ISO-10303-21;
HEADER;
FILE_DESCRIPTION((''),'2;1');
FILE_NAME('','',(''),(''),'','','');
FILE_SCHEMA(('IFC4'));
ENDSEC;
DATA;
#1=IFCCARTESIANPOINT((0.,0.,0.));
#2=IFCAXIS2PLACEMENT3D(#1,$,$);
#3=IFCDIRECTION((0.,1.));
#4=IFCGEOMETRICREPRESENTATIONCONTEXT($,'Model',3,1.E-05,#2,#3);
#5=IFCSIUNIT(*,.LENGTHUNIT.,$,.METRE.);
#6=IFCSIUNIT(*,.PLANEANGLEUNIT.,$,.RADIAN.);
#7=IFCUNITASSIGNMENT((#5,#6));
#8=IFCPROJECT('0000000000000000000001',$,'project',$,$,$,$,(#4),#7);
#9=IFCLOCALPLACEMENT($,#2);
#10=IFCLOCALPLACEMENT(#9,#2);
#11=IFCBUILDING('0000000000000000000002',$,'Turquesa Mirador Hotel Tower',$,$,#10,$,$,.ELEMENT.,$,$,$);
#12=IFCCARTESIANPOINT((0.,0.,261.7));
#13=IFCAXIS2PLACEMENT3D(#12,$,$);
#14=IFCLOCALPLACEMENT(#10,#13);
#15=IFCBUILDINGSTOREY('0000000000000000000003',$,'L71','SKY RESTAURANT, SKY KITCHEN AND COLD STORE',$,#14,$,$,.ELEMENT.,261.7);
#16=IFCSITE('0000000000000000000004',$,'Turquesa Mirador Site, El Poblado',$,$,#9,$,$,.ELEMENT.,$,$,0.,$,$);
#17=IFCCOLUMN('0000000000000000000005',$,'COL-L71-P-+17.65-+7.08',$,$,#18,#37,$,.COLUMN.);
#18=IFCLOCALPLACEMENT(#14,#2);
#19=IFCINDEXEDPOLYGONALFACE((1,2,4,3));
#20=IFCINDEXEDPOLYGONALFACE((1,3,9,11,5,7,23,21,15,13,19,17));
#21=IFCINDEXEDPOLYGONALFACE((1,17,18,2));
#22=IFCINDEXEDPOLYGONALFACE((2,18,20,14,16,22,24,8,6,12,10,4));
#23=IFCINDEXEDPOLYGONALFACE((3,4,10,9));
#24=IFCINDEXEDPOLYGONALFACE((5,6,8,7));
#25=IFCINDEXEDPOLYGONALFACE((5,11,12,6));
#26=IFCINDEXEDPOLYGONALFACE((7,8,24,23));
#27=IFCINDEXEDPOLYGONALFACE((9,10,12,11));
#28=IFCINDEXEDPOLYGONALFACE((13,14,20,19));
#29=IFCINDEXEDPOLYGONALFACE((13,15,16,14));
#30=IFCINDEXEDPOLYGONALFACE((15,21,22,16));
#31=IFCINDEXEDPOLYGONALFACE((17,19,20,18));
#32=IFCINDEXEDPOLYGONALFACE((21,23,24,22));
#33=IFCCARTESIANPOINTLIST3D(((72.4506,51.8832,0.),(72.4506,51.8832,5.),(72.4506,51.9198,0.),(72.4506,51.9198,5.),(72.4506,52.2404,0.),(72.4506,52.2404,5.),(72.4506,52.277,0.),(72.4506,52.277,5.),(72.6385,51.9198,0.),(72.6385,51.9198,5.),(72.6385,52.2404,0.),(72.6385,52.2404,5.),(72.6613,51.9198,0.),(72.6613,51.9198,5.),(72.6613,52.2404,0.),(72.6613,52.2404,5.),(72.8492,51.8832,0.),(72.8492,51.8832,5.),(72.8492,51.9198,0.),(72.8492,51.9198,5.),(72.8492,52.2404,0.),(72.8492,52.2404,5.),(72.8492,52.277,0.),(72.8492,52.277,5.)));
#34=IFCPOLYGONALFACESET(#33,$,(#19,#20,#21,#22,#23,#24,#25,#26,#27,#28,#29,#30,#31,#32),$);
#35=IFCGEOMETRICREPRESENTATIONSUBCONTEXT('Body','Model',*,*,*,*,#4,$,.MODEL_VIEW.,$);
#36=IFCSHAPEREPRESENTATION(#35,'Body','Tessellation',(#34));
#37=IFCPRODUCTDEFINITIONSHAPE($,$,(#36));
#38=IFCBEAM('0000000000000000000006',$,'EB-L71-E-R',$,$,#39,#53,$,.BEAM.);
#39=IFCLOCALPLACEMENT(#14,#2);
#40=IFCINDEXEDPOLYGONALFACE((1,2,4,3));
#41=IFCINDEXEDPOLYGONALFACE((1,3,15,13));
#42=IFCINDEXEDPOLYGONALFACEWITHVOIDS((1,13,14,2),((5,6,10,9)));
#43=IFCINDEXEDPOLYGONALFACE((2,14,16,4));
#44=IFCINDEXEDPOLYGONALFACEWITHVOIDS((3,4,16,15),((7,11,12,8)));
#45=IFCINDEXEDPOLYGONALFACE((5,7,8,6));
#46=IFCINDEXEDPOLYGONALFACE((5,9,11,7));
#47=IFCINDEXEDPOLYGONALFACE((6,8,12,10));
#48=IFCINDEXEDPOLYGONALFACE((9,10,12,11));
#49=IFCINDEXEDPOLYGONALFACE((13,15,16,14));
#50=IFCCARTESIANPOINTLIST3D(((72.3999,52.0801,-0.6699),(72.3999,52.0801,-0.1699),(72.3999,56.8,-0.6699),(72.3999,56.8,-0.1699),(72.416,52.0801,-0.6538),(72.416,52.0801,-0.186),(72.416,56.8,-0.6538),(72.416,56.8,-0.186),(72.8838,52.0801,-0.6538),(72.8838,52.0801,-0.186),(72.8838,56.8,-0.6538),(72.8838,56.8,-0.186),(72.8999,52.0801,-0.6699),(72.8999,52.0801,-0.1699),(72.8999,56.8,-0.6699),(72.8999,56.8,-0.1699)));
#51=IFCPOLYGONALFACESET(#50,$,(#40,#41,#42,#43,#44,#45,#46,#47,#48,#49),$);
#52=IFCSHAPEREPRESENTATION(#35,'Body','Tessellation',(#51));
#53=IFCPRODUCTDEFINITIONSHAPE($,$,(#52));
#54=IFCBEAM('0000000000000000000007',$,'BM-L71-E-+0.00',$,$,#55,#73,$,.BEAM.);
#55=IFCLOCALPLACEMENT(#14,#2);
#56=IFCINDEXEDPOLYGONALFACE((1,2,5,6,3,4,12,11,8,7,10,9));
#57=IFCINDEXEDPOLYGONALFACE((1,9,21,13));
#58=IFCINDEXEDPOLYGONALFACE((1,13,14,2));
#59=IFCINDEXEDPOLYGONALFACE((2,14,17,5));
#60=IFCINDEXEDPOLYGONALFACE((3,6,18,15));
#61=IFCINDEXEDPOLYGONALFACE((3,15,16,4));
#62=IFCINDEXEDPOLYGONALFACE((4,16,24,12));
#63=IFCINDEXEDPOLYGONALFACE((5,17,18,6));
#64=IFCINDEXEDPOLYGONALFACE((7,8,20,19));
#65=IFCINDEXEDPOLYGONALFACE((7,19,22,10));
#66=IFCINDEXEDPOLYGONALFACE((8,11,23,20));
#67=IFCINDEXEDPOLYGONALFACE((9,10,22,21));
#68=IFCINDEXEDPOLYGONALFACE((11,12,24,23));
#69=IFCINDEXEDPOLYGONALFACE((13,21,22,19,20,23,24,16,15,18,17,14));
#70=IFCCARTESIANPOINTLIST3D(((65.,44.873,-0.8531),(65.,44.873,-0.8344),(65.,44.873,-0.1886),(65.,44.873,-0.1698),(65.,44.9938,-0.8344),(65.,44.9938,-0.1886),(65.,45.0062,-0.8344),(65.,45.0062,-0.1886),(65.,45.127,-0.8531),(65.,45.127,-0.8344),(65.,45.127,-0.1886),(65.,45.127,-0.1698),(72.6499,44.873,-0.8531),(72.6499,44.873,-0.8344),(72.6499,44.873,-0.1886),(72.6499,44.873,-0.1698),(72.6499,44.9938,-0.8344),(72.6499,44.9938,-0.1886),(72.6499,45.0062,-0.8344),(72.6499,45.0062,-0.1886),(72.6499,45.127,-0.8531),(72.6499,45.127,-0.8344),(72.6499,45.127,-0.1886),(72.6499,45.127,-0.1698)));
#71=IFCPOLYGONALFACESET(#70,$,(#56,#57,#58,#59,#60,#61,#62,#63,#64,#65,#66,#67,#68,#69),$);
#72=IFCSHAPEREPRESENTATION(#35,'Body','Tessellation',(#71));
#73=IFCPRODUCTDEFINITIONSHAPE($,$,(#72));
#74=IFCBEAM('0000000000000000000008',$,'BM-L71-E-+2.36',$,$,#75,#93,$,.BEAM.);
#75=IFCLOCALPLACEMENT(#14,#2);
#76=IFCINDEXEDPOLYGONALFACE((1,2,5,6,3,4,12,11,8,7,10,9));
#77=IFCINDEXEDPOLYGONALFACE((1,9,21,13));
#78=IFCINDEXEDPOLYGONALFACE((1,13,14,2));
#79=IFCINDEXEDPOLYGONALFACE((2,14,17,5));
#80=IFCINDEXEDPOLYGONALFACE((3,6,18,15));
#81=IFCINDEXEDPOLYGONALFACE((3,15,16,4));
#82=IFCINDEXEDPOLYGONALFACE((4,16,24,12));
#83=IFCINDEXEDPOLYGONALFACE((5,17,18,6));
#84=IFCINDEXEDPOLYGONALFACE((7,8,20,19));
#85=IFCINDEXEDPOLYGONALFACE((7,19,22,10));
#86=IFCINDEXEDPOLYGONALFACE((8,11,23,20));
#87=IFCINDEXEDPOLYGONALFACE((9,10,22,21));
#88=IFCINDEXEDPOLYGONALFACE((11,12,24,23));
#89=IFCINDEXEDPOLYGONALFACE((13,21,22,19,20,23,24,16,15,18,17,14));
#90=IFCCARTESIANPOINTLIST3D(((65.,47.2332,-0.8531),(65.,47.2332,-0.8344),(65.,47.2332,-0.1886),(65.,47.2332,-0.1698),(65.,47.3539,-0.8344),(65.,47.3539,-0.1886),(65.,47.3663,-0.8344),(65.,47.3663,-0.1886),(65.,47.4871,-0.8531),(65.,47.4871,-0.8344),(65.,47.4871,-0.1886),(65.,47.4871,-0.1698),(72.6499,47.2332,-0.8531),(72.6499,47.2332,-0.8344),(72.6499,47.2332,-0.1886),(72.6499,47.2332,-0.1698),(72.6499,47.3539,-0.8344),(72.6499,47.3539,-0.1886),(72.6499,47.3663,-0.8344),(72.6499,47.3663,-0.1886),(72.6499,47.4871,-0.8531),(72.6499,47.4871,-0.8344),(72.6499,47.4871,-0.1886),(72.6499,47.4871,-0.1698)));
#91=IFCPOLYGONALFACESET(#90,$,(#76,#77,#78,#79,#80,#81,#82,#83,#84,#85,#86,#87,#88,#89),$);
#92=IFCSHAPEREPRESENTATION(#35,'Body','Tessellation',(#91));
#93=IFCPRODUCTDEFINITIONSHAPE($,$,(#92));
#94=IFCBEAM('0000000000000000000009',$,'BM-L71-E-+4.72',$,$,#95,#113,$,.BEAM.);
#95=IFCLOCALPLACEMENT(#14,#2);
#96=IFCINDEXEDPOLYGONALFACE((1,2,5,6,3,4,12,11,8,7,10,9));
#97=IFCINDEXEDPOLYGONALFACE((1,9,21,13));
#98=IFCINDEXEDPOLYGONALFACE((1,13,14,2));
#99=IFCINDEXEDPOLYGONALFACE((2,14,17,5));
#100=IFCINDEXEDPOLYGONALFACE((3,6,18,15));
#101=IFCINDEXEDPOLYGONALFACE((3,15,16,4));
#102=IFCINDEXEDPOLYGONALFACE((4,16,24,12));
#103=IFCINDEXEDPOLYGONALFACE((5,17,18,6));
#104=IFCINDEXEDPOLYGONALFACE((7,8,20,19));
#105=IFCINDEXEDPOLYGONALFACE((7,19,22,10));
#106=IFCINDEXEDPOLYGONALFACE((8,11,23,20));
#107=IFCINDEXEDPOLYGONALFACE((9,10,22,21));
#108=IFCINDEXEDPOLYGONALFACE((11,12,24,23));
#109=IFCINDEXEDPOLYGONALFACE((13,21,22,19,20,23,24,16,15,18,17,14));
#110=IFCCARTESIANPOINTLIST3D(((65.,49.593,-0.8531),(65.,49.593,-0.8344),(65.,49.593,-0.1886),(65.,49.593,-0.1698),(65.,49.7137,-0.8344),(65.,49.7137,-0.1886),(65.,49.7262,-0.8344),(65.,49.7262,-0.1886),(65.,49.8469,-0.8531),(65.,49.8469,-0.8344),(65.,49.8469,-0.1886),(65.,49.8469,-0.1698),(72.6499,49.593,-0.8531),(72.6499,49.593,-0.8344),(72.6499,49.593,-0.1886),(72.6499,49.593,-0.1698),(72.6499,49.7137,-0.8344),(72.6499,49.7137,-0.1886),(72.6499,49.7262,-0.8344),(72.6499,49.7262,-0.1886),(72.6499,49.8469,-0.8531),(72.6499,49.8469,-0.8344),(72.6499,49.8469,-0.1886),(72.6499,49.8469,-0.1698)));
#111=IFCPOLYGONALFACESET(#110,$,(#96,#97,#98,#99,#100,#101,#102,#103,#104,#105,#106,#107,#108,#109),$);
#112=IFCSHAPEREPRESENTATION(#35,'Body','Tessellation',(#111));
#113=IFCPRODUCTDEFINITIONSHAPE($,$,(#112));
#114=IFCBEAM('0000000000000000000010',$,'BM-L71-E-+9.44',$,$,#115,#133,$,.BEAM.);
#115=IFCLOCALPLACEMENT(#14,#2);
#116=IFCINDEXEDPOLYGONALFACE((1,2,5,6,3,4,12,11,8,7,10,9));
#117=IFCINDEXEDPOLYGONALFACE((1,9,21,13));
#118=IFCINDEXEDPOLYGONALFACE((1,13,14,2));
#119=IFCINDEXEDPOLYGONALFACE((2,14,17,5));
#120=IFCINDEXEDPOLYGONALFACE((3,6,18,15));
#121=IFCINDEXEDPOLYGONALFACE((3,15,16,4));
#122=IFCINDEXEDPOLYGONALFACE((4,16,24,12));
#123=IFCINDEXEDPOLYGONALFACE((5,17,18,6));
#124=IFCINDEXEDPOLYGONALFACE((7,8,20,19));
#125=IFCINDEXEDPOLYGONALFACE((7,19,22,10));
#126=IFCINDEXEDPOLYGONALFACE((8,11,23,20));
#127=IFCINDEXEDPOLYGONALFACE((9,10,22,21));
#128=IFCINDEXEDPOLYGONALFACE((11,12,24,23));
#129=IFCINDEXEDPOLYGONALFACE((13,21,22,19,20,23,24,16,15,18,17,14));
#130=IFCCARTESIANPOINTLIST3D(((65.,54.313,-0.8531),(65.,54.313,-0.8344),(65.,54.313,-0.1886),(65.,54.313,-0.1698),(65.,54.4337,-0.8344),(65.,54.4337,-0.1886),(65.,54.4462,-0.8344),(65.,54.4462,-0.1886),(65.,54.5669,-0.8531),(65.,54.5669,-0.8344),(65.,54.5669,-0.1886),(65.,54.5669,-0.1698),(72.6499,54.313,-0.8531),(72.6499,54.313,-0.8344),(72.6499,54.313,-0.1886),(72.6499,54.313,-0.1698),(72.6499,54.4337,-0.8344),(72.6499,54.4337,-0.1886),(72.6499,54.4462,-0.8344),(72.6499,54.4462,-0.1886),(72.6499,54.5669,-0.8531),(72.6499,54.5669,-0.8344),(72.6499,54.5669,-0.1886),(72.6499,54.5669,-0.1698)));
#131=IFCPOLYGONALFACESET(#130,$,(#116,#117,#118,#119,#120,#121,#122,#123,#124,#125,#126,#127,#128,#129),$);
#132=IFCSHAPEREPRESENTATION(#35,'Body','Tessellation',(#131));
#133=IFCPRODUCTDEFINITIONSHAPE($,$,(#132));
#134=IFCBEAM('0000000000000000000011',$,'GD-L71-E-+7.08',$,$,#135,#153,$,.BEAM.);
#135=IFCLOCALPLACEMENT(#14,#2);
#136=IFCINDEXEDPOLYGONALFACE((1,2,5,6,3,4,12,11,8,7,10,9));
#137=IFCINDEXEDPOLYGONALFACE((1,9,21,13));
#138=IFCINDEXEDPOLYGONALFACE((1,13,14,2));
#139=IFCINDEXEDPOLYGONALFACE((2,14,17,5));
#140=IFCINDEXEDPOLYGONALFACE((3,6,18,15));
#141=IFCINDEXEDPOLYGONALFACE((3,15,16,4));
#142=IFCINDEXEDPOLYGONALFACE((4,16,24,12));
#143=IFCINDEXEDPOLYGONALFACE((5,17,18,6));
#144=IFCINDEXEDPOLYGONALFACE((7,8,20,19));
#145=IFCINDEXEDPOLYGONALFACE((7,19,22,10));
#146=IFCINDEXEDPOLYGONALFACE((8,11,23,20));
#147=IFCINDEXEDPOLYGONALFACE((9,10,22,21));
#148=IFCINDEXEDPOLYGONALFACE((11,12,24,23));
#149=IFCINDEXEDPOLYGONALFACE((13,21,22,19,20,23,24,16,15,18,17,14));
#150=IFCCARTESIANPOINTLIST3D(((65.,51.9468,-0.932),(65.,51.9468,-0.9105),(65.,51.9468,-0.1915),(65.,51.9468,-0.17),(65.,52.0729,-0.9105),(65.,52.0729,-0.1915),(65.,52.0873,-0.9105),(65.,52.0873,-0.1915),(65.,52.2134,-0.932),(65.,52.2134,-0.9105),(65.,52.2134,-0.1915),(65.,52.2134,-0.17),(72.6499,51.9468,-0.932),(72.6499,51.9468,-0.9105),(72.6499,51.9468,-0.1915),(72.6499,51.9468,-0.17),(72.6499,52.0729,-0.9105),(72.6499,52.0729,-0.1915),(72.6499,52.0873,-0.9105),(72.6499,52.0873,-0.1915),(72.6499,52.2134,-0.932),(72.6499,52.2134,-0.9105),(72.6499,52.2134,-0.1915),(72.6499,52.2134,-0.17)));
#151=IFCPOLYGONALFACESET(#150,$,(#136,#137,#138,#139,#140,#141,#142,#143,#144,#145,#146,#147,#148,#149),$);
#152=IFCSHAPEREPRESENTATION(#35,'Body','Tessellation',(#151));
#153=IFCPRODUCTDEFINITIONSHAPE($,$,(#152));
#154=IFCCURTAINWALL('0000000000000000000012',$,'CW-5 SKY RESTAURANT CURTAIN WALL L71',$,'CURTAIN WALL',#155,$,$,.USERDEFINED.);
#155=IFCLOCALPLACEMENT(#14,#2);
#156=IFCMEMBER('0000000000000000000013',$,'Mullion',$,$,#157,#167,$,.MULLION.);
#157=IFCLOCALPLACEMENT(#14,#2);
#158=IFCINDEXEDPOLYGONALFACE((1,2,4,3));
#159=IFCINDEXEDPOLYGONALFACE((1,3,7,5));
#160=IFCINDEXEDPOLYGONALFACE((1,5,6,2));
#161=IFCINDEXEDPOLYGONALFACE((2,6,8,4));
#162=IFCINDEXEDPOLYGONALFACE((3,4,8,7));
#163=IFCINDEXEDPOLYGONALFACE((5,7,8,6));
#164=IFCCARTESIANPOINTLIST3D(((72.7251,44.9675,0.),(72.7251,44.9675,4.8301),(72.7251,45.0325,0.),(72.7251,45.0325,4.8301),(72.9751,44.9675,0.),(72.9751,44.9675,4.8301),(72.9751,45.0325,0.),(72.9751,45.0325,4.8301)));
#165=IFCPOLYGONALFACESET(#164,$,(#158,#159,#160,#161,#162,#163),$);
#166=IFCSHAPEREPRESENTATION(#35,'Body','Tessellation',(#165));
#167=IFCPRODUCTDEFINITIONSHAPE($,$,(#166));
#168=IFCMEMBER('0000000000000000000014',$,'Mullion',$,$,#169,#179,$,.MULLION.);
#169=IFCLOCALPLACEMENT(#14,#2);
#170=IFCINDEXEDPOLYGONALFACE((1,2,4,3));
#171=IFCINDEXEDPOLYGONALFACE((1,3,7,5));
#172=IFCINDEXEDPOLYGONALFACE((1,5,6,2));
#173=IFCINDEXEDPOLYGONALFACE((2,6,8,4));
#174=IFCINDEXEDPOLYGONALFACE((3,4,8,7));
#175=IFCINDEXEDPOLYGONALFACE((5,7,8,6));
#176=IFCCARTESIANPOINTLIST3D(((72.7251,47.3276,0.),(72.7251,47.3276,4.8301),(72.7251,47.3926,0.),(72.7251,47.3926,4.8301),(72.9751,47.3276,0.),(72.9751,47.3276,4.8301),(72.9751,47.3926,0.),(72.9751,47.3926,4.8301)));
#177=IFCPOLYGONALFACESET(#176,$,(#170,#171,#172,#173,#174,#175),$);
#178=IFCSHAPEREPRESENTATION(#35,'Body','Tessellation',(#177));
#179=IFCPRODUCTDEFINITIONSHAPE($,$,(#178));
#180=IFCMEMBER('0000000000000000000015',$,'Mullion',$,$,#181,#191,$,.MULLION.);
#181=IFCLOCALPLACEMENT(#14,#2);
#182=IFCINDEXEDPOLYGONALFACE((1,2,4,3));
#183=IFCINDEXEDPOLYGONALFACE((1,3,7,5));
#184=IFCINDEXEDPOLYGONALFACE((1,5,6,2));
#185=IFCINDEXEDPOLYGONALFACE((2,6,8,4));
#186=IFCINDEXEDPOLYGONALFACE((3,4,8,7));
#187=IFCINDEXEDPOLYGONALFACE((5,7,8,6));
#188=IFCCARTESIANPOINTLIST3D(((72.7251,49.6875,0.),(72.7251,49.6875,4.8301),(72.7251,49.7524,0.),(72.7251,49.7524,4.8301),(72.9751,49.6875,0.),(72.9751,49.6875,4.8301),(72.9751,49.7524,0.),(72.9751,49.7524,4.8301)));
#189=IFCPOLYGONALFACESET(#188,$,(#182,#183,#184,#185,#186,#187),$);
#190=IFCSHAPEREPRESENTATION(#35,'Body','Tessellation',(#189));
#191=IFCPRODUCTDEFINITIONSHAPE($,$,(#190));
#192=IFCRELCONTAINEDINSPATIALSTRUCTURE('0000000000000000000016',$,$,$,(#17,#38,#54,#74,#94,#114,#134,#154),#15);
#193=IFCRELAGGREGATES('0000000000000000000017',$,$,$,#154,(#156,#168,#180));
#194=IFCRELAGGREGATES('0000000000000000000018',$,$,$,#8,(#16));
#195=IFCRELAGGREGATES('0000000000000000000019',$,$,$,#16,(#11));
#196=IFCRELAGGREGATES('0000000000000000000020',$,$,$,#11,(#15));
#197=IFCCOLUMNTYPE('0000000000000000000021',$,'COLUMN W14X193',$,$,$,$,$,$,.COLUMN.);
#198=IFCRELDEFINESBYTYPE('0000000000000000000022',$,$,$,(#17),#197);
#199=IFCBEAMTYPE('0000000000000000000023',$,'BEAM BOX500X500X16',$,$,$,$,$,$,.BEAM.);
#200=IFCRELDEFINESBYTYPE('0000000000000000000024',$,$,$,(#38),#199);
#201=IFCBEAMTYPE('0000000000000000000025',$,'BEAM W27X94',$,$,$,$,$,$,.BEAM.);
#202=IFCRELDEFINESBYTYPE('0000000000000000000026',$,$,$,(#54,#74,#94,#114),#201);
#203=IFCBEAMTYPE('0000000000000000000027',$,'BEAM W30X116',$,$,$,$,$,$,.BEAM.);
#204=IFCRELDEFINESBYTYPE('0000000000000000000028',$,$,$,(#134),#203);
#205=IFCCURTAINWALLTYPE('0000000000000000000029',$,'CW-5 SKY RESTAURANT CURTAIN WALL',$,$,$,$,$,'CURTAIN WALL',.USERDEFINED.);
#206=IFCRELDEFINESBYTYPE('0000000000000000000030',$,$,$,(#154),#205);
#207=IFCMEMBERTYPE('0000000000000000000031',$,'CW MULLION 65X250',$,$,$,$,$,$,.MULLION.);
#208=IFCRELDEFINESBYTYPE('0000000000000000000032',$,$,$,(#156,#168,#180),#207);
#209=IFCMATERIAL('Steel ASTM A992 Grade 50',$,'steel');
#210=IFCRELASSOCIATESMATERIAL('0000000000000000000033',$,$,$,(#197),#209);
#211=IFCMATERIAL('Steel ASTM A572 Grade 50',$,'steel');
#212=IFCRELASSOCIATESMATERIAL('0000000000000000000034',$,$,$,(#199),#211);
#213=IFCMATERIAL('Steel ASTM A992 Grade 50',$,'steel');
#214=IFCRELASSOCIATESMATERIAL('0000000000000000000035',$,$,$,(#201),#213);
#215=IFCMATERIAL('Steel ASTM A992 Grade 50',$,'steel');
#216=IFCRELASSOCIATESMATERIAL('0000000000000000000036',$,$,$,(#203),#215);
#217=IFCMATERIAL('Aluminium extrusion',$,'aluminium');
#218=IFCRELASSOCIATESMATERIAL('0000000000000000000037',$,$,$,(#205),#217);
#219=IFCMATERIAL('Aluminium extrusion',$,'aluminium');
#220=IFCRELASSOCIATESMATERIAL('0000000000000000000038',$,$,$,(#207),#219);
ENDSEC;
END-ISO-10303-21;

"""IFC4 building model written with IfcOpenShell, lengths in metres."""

from ifc_helpers import new_model, si_unit, direction, frame, origin, origin_2d, place, context, subcontext, project, spatial, rectangle, hollow_rectangle, i_section, extrude, material, material_profile, profile_set, type_object, element, aggregate, save


model = new_model("IFC4")

# Units and contexts
model_context = context("Model", 3, precision=1e-05, world=origin(), true_north=direction((0.0, 1.0)))
body_context = subcontext(model_context, "Body", "Model", "MODEL_VIEW")
ifc_project = project(units=[si_unit("LENGTHUNIT", "METRE"), si_unit("PLANEANGLEUNIT", "RADIAN")], contexts=[model_context])

# Site, building, storey
site_placement = place(None, origin())
site = spatial("IfcSite", under=ifc_project, at=site_placement, Name="Turquesa Mirador Site, El Poblado", CompositionType="ELEMENT", RefElevation=0.0)
building_placement = place(site_placement, origin())
building = spatial("IfcBuilding", under=site, at=building_placement, Name="Turquesa Mirador Hotel Tower", CompositionType="ELEMENT")
storey_placement = place(building_placement, frame((0.0, 0.0, 261.7)))
storey = spatial("IfcBuildingStorey", under=building, at=storey_placement, Name="L71", Description="SKY RESTAURANT, SKY KITCHEN AND COLD STORE", CompositionType="ELEMENT", Elevation=261.7)

# Column
ifc_material_1 = material(Name="Steel ASTM A992 Grade 50", Category="steel")
ifc_material_profile_1 = material_profile(ifc_material_1, i_section(OverallWidth=0.3987, OverallDepth=0.3938, WebThickness=0.0227, FlangeThickness=0.0366, at=origin_2d()), Name="W14X193")
ifc_profile_set_1 = profile_set([ifc_material_profile_1], Name="Steel ASTM A992 Grade 50")
column_type = type_object("IfcColumnType", Name="COLUMN W14X193", PredefinedType="COLUMN", material=ifc_profile_set_1)
column_placement = place(storey_placement, frame((72.6499, 52.0801, 0.0), z_axis=(0.0, 0.0, 1.0), x_axis=(1.0, 0.0, 0.0)))
element("IfcColumn", 1, at=column_placement, inside=storey, type_object=column_type, Name="COL-L71-P-+17.65-+7.08", PredefinedType="COLUMN", context=body_context, shape_type="SweptSolid", body=[
    extrude(i_section(OverallWidth=0.3987, OverallDepth=0.3938, WebThickness=0.0227, FlangeThickness=0.0366, at=origin_2d()), origin(), (0.0, 0.0, 1.0), 5.0),
])

# Beams
ifc_material_2 = material(Name="Steel ASTM A572 Grade 50", Category="steel")
ifc_material_profile_2 = material_profile(ifc_material_2, hollow_rectangle(XDim=0.5, YDim=0.5, WallThickness=0.0161, at=origin_2d()), Name="BOX500X500X16")
ifc_profile_set_2 = profile_set([ifc_material_profile_2], Name="Steel ASTM A572 Grade 50")
beam_type_1 = type_object("IfcBeamType", Name="BEAM BOX500X500X16", PredefinedType="BEAM", material=ifc_profile_set_2)
beam_1_placement = place(storey_placement, frame((72.6499, 52.0801, -0.4199), z_axis=(0.0, 1.0, 0.0), x_axis=(-1.0, 0.0, 0.0)))
element("IfcBeam", 2, at=beam_1_placement, inside=storey, type_object=beam_type_1, Name="EB-L71-E-R", PredefinedType="BEAM", context=body_context, shape_type="SweptSolid", body=[
    extrude(hollow_rectangle(XDim=0.5, YDim=0.5, WallThickness=0.0161, at=origin_2d()), origin(), (0.0, 0.0, 1.0), 4.72),
])
ifc_material_3 = material(Name="Steel ASTM A992 Grade 50", Category="steel")
ifc_material_profile_3 = material_profile(ifc_material_3, i_section(OverallWidth=0.2539, OverallDepth=0.6833, WebThickness=0.0125, FlangeThickness=0.0188, at=origin_2d()), Name="W27X94")
ifc_profile_set_3 = profile_set([ifc_material_profile_3], Name="Steel ASTM A992 Grade 50")
beam_type_2 = type_object("IfcBeamType", Name="BEAM W27X94", PredefinedType="BEAM", material=ifc_profile_set_3)
for number, where, z_axis, x_axis, name in (
    (3, (72.6499, 45.0, -0.5115), (-1.0, 0.0, 0.0), (0.0, -1.0, 0.0), "BM-L71-E-+0.00"),
    (4, (72.6499, 47.3601, -0.5115), (-1.0, 0.0, 0.0), (0.0, -1.0, 0.0), "BM-L71-E-+2.36"),
    (5, (72.6499, 49.72, -0.5115), (-1.0, 0.0, 0.0), (0.0, -1.0, 0.0), "BM-L71-E-+4.72"),
    (6, (72.6499, 54.4399, -0.5115), (-1.0, 0.0, 0.0), (0.0, -1.0, 0.0), "BM-L71-E-+9.44"),
):
    element("IfcBeam", number, at=place(storey_placement, frame(where, z_axis=z_axis, x_axis=x_axis)), inside=storey, type_object=beam_type_2, Name=name, PredefinedType="BEAM", context=body_context, shape_type="SweptSolid", body=[
        extrude(i_section(OverallWidth=0.2539, OverallDepth=0.6833, WebThickness=0.0125, FlangeThickness=0.0188, at=origin_2d()), origin(), (0.0, 0.0, 1.0), 7.6499),
    ])
ifc_material_4 = material(Name="Steel ASTM A992 Grade 50", Category="steel")
ifc_material_profile_4 = material_profile(ifc_material_4, i_section(OverallWidth=0.2666, OverallDepth=0.762, WebThickness=0.0144, FlangeThickness=0.0215, at=origin_2d()), Name="W30X116")
ifc_profile_set_4 = profile_set([ifc_material_profile_4], Name="Steel ASTM A992 Grade 50")
beam_type_3 = type_object("IfcBeamType", Name="BEAM W30X116", PredefinedType="BEAM", material=ifc_profile_set_4)
beam_2_placement = place(storey_placement, frame((72.6499, 52.0801, -0.551), z_axis=(-1.0, 0.0, 0.0), x_axis=(0.0, -1.0, 0.0)))
element("IfcBeam", 7, at=beam_2_placement, inside=storey, type_object=beam_type_3, Name="GD-L71-E-+7.08", PredefinedType="BEAM", context=body_context, shape_type="SweptSolid", body=[
    extrude(i_section(OverallWidth=0.2666, OverallDepth=0.762, WebThickness=0.0144, FlangeThickness=0.0215, at=origin_2d()), origin(), (0.0, 0.0, 1.0), 7.6499),
])

# Curtain wall, members
ifc_material_5 = material(Name="Aluminium extrusion", Category="aluminium")
curtain_wall_type = type_object("IfcCurtainWallType", Name="CW-5 SKY RESTAURANT CURTAIN WALL", ElementType="CURTAIN WALL", PredefinedType="USERDEFINED", material=ifc_material_5)
curtain_wall_1_placement = place(storey_placement, origin())
curtain_wall_1 = element("IfcCurtainWall", 8, at=curtain_wall_1_placement, inside=storey, type_object=curtain_wall_type, Name="CW-5 SKY RESTAURANT CURTAIN WALL L71", ObjectType="CURTAIN WALL", PredefinedType="USERDEFINED")
ifc_material_6 = material(Name="Aluminium extrusion", Category="aluminium")
ifc_material_profile_5 = material_profile(ifc_material_6, rectangle(XDim=0.0649, YDim=0.25, at=origin_2d()), Name="MULLION 65X250")
ifc_profile_set_5 = profile_set([ifc_material_profile_5], Name="Aluminium extrusion")
member_type_1 = type_object("IfcMemberType", Name="CW MULLION 65X250", PredefinedType="MULLION", material=ifc_profile_set_5)
member_1_placement = place(storey_placement, frame((72.8501, 45.0, 0.0), z_axis=(0.0, 0.0, 1.0), x_axis=(0.0, 1.0, 0.0)))
member_1 = element("IfcMember", 9, at=member_1_placement, type_object=member_type_1, Name="Mullion", PredefinedType="MULLION", context=body_context, shape_type="SweptSolid", body=[
    extrude(rectangle(XDim=0.0649, YDim=0.25, at=origin_2d()), origin(), (0.0, 0.0, 1.0), 4.8301),
])
member_2_placement = place(storey_placement, frame((72.8501, 47.3601, 0.0), z_axis=(0.0, 0.0, 1.0), x_axis=(0.0, 1.0, 0.0)))
member_2 = element("IfcMember", 10, at=member_2_placement, type_object=member_type_1, Name="Mullion", PredefinedType="MULLION", context=body_context, shape_type="SweptSolid", body=[
    extrude(rectangle(XDim=0.0649, YDim=0.25, at=origin_2d()), origin(), (0.0, 0.0, 1.0), 4.8301),
])
member_3_placement = place(storey_placement, frame((72.8501, 49.72, 0.0), z_axis=(0.0, 0.0, 1.0), x_axis=(0.0, 1.0, 0.0)))
member_3 = element("IfcMember", 11, at=member_3_placement, type_object=member_type_1, Name="Mullion", PredefinedType="MULLION", context=body_context, shape_type="SweptSolid", body=[
    extrude(rectangle(XDim=0.0649, YDim=0.25, at=origin_2d()), origin(), (0.0, 0.0, 1.0), 4.8301),
])

aggregate(curtain_wall_1, [member_1, member_2, member_3])

save(model, "model.ifc")
